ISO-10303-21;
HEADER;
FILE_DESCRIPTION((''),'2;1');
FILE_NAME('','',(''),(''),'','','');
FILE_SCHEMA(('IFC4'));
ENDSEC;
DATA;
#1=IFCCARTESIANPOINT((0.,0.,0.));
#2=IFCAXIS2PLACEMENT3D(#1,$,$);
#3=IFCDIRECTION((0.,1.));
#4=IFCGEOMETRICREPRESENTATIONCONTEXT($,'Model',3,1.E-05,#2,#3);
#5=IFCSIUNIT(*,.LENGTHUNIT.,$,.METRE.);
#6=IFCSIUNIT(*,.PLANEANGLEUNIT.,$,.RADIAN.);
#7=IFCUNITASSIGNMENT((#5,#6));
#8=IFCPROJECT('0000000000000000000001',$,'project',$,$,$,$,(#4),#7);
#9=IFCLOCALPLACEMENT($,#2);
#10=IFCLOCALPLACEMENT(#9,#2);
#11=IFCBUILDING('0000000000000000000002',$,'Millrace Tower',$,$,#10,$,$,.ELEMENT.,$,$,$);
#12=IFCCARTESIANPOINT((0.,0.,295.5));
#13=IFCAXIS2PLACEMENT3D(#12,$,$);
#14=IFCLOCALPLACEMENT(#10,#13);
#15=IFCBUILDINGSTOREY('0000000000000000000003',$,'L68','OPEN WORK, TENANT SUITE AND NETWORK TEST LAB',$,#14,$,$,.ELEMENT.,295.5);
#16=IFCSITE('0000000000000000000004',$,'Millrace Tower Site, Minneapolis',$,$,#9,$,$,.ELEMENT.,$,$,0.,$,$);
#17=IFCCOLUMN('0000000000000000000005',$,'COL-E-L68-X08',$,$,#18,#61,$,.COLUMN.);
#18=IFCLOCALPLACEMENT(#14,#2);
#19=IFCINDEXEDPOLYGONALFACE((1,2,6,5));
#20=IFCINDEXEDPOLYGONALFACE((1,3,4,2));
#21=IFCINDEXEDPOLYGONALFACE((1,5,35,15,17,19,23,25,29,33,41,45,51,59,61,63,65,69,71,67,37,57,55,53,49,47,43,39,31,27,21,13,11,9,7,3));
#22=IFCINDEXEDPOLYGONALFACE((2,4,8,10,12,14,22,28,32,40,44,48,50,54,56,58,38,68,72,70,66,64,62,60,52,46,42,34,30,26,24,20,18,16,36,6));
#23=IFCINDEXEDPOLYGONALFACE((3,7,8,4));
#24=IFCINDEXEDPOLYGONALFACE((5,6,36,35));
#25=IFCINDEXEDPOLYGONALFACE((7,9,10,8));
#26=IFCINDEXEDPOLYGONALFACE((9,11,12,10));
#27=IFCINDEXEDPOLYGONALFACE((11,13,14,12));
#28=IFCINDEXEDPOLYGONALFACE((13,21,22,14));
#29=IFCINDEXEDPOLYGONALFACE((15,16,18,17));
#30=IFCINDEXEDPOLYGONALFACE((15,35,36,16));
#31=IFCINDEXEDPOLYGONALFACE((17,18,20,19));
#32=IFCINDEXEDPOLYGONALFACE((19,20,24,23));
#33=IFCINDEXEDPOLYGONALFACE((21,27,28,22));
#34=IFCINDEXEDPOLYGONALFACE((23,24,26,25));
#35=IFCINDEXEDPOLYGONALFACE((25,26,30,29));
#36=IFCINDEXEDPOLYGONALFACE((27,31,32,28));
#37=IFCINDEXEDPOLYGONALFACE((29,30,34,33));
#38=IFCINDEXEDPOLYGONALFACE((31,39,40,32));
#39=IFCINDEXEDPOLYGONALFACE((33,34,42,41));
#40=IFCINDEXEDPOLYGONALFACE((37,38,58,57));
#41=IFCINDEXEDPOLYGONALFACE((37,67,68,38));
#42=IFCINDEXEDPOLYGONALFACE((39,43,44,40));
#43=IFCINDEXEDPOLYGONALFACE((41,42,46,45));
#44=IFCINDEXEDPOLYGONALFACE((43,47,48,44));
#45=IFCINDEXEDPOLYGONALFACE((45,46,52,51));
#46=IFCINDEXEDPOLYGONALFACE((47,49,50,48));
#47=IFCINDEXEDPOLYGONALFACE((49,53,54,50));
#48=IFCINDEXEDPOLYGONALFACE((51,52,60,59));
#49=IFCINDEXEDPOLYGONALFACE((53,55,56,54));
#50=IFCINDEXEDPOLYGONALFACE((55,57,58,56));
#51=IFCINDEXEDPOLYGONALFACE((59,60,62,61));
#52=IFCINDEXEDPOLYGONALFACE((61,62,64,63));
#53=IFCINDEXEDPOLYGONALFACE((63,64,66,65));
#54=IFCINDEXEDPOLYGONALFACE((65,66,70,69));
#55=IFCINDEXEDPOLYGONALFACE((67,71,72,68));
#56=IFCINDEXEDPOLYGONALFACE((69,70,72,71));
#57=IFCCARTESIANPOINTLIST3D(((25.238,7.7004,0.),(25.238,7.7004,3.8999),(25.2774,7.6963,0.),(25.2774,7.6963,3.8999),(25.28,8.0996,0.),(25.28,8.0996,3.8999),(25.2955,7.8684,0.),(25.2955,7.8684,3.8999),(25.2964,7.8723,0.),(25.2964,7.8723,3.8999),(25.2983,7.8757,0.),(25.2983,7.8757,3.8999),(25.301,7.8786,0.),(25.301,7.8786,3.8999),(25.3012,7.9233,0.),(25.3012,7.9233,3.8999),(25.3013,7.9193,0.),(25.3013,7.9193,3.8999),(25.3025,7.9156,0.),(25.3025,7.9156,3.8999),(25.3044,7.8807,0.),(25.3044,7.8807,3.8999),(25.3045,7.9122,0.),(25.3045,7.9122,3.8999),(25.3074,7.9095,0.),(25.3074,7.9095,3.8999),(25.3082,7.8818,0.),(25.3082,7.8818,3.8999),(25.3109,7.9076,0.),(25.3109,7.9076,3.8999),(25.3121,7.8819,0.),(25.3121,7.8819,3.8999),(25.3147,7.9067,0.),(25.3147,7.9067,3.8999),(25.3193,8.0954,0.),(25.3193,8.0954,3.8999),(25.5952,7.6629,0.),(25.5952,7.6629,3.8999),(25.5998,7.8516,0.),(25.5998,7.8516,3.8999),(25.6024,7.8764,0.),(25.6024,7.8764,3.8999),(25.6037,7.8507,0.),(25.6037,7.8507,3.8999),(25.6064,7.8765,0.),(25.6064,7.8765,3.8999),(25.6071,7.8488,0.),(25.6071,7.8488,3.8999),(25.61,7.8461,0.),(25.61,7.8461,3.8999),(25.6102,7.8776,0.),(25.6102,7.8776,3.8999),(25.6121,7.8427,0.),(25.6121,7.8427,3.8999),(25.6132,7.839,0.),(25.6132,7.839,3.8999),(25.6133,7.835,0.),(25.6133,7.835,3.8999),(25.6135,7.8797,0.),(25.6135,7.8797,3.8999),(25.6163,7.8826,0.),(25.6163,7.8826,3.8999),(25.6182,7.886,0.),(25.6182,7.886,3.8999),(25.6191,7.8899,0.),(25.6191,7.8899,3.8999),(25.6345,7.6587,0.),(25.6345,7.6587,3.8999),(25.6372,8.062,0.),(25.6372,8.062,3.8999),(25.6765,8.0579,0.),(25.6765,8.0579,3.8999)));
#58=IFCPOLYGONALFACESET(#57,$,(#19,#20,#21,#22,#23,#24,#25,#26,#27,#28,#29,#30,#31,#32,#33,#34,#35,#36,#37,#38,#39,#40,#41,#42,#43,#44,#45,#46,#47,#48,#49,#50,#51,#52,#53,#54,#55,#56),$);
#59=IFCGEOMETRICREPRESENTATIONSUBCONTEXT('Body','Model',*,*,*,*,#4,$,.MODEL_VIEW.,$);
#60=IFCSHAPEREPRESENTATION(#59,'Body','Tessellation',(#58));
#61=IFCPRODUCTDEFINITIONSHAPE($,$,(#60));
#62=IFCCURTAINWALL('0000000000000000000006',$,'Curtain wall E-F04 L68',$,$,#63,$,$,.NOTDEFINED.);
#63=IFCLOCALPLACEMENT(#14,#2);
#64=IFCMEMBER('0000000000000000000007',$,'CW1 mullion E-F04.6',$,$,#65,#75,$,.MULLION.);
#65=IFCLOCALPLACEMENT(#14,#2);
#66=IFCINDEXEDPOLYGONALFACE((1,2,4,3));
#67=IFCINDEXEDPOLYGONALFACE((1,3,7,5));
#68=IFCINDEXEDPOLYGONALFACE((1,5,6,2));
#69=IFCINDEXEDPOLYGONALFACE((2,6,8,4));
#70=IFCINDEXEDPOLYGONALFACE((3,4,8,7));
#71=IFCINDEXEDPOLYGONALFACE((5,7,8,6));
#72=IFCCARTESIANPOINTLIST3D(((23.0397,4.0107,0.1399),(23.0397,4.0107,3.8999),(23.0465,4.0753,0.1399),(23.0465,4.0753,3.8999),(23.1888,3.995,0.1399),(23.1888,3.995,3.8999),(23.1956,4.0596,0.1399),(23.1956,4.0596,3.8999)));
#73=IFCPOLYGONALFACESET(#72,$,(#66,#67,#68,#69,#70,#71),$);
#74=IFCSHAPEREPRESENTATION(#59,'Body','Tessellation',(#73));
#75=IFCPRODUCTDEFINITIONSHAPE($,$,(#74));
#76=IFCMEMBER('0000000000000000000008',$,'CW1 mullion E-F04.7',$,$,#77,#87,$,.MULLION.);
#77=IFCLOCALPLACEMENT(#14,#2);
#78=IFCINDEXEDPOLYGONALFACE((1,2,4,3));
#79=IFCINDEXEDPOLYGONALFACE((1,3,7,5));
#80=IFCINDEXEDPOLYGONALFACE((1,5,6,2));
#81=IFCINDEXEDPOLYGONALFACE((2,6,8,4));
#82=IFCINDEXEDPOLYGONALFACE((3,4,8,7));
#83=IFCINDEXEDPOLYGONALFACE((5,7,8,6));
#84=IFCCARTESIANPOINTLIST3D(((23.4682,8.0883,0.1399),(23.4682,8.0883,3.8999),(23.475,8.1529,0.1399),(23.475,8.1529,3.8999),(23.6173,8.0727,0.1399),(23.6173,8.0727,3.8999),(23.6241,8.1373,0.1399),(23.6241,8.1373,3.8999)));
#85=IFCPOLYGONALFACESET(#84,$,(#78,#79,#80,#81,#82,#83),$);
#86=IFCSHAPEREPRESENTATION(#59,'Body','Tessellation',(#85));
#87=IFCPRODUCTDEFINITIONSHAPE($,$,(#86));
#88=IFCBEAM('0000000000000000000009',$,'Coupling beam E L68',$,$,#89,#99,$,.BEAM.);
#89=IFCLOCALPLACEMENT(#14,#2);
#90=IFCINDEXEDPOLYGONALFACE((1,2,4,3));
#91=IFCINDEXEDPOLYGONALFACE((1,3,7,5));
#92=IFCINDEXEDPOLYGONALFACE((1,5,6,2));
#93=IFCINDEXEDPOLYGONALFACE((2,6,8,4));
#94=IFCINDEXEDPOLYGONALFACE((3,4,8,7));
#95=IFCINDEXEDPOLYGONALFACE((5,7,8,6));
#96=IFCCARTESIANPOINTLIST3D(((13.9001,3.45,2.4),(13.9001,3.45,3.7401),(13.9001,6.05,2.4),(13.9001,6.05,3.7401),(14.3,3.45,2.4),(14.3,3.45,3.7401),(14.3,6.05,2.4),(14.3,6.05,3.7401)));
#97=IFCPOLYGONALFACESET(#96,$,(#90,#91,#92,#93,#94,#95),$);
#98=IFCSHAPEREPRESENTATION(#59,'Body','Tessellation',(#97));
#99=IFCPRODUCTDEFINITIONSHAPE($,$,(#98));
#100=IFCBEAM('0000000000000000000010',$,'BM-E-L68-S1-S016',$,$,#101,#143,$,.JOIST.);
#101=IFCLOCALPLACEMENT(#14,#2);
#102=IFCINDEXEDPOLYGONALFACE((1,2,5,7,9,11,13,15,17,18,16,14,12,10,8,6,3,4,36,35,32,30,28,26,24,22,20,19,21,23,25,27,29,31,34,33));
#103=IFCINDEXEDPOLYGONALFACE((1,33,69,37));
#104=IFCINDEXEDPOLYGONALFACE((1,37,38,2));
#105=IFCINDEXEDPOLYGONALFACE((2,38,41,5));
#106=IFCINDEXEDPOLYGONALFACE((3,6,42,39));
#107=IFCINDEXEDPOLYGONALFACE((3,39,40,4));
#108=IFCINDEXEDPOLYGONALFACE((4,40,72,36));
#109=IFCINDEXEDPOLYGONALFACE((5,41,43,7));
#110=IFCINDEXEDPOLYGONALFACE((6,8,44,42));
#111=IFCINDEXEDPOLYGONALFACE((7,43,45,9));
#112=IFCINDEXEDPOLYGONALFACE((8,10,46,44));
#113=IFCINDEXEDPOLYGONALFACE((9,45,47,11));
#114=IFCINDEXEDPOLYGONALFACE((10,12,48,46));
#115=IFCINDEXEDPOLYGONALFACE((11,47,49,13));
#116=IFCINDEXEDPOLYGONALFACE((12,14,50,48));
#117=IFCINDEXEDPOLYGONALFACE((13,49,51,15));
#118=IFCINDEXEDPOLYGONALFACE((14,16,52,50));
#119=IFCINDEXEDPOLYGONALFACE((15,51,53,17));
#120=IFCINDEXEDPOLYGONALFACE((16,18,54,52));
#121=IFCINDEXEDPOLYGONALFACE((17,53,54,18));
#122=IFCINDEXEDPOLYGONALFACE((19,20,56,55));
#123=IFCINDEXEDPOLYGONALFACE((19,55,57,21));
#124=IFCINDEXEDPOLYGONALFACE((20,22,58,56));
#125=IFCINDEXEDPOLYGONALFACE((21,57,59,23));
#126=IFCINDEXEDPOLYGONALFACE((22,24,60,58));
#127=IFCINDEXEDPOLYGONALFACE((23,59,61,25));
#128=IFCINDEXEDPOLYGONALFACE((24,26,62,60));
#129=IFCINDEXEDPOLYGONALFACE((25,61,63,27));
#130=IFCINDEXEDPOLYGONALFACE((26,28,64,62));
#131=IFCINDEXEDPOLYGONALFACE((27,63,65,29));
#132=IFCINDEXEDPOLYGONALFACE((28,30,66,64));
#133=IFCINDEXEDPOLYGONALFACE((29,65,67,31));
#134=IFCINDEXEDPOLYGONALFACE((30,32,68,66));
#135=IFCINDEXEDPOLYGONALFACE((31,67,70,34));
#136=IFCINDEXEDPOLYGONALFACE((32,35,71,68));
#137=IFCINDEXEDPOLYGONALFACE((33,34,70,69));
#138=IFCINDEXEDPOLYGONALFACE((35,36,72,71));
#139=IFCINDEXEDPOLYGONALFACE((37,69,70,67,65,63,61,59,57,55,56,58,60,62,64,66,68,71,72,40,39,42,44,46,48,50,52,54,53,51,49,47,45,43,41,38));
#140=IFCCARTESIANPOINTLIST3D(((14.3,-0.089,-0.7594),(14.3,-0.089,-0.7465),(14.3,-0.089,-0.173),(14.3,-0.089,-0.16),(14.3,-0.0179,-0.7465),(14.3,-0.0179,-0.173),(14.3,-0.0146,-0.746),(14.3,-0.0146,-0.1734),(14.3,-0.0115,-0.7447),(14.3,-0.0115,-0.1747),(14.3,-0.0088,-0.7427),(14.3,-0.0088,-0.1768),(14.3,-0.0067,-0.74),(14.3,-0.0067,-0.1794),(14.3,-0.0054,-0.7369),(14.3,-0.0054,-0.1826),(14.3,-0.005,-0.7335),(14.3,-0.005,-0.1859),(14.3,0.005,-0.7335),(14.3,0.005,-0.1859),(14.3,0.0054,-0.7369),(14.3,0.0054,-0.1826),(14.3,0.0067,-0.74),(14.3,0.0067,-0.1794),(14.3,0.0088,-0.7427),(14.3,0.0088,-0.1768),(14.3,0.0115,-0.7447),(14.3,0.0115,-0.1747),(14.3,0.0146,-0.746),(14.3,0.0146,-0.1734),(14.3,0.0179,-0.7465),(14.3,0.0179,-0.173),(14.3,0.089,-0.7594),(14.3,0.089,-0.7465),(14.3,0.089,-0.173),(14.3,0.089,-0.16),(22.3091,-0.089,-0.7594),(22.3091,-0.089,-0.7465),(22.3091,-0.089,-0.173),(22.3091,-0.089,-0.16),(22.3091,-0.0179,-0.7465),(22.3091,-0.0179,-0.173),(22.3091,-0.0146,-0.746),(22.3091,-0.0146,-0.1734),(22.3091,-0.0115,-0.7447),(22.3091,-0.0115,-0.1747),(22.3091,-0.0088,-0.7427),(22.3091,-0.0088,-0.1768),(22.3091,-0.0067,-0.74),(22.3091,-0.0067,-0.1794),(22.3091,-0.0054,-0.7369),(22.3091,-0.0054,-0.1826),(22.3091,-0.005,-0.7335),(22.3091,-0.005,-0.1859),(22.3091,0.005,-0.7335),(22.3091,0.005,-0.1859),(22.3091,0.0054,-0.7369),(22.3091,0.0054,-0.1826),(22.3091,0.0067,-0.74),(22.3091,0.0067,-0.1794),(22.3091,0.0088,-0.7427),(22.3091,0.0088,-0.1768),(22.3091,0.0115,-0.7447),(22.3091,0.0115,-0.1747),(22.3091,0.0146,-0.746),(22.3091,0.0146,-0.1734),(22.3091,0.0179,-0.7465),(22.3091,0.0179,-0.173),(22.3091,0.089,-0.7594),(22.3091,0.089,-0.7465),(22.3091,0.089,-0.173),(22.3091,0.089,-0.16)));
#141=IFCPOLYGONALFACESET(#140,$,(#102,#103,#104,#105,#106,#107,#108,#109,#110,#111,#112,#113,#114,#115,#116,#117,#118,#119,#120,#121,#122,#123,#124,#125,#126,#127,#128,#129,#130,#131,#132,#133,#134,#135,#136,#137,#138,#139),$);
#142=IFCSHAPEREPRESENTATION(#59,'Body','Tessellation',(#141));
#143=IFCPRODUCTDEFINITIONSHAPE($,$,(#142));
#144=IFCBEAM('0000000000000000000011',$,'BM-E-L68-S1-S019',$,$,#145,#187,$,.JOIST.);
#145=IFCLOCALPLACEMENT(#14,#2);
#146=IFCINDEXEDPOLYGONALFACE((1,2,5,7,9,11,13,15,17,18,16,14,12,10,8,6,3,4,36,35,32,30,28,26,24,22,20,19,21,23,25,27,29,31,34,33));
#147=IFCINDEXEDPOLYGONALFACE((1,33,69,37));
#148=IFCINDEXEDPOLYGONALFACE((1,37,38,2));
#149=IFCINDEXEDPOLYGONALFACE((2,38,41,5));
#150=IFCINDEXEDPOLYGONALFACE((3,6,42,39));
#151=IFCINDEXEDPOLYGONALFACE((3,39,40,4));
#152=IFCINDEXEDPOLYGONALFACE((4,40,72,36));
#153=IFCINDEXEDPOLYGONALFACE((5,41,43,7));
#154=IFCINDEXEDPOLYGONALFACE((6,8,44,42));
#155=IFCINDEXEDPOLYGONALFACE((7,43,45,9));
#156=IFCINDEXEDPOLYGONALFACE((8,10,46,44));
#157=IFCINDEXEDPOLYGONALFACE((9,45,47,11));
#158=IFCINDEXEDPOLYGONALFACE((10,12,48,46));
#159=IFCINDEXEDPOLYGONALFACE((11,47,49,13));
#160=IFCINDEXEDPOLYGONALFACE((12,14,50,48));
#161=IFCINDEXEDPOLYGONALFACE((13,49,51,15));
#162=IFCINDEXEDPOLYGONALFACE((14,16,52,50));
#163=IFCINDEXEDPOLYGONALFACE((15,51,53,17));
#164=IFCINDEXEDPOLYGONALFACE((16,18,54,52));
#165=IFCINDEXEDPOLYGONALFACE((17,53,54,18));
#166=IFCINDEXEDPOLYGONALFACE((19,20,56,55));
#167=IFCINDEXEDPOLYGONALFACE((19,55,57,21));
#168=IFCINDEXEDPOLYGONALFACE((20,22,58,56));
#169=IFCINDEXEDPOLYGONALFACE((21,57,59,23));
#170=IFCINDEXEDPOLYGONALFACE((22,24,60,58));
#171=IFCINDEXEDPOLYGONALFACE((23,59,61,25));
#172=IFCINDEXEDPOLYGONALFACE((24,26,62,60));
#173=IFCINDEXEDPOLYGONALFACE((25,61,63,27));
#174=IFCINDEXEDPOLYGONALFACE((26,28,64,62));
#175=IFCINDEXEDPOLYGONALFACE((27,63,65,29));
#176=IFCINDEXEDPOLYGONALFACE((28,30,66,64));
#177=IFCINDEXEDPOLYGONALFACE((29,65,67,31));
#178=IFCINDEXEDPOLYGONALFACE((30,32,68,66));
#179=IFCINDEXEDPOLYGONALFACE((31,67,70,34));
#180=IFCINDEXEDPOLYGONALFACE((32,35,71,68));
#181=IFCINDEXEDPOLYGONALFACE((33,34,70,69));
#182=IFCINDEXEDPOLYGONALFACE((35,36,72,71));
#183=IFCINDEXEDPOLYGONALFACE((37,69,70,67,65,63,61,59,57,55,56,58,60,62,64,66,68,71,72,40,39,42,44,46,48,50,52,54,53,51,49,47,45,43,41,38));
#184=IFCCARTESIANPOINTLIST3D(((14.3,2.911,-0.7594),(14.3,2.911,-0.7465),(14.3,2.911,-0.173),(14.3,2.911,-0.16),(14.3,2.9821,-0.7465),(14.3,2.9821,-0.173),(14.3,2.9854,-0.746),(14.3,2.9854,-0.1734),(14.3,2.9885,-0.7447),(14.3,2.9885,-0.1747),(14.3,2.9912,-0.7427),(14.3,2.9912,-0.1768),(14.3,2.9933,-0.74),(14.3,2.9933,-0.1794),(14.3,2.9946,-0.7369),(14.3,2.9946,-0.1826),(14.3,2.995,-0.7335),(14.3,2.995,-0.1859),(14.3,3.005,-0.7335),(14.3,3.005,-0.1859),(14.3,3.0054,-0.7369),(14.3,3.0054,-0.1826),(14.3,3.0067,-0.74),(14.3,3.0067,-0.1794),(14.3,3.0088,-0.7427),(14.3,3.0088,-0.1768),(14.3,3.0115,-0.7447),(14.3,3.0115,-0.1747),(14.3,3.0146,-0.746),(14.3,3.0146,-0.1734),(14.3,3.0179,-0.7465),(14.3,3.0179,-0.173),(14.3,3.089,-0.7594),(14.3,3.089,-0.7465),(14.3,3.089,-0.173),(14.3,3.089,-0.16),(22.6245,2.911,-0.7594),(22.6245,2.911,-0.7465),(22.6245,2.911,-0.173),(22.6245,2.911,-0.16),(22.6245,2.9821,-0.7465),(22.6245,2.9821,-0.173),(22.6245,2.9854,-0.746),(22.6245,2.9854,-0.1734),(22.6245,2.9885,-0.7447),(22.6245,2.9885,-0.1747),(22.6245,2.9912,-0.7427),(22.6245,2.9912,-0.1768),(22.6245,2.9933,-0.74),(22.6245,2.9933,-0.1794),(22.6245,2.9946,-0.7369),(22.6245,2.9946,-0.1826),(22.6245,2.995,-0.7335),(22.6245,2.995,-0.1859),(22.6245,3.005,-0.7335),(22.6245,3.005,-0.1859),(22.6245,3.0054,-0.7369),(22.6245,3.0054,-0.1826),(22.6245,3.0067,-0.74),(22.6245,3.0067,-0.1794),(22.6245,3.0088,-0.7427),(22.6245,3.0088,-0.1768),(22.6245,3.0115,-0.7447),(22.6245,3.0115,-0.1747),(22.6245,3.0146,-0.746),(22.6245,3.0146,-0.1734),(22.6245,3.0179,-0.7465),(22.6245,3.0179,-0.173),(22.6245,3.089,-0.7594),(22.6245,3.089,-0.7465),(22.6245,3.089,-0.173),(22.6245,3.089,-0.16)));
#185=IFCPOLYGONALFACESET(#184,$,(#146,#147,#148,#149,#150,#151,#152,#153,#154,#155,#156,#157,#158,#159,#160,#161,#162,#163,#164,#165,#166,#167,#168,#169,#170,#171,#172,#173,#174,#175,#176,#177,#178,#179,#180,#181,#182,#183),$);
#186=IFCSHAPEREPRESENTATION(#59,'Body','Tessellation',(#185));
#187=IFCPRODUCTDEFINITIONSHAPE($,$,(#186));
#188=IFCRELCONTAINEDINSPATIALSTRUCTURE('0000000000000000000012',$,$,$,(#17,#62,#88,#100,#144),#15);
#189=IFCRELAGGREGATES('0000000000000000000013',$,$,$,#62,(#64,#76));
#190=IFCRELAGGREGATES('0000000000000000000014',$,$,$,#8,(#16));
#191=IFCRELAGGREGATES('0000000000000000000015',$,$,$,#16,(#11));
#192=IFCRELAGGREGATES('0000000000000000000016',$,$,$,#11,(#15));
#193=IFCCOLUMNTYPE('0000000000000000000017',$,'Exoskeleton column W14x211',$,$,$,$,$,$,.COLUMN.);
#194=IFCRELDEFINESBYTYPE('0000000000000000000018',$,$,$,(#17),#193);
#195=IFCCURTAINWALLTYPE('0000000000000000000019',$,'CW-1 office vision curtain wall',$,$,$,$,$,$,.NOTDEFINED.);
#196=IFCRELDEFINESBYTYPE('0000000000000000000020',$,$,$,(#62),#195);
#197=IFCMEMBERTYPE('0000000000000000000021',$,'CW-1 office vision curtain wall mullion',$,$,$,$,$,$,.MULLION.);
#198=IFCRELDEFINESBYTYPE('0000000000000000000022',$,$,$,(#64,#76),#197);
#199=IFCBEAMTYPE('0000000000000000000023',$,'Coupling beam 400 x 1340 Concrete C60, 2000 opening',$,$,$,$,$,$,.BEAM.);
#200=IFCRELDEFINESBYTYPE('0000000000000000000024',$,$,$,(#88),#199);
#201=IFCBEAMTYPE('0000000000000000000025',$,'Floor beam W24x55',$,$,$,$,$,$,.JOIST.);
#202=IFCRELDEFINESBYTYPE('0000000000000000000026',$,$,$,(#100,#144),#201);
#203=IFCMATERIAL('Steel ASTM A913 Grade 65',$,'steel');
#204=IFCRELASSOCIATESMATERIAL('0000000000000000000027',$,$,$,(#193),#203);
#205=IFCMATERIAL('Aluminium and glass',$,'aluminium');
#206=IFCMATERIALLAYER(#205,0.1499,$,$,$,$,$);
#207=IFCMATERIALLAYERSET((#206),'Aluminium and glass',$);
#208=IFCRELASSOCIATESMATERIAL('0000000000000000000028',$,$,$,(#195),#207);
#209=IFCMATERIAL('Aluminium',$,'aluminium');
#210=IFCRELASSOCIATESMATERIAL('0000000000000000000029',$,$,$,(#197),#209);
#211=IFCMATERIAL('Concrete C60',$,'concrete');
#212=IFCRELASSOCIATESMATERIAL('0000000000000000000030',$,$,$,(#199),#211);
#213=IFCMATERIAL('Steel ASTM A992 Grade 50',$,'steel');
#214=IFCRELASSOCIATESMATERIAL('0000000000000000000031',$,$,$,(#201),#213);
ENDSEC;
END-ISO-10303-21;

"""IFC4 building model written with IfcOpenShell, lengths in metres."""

from ifc_helpers import new_model, si_unit, direction, frame, origin, origin_2d, place, context, subcontext, project, spatial, rectangle, i_section, extrude, material, layer, layer_set, material_profile, profile_set, type_object, element, aggregate, save


model = new_model("IFC4")

# Units and contexts
model_context = context("Model", 3, precision=1e-05, world=origin(), true_north=direction((0.0, 1.0)))
body_context = subcontext(model_context, "Body", "Model", "MODEL_VIEW")
ifc_project = project(units=[si_unit("LENGTHUNIT", "METRE"), si_unit("PLANEANGLEUNIT", "RADIAN")], contexts=[model_context])

# Site, building, storey
site_placement = place(None, origin())
site = spatial("IfcSite", under=ifc_project, at=site_placement, Name="Millrace Tower Site, Minneapolis", CompositionType="ELEMENT", RefElevation=0.0)
building_placement = place(site_placement, origin())
building = spatial("IfcBuilding", under=site, at=building_placement, Name="Millrace Tower", CompositionType="ELEMENT")
storey_placement = place(building_placement, frame((0.0, 0.0, 295.5)))
storey = spatial("IfcBuildingStorey", under=building, at=storey_placement, Name="L68", Description="OPEN WORK, TENANT SUITE AND NETWORK TEST LAB", CompositionType="ELEMENT", Elevation=295.5)

# Column
ifc_material_1 = material(Name="Steel ASTM A913 Grade 65", Category="steel")
ifc_material_profile_1 = material_profile(ifc_material_1, i_section(OverallWidth=0.4014, OverallDepth=0.3987, WebThickness=0.0249, FlangeThickness=0.0396, FilletRadius=0.0151, at=origin_2d()))
ifc_profile_set_1 = profile_set([ifc_material_profile_1], Name="Steel ASTM A913 Grade 65")
column_type = type_object("IfcColumnType", Name="Exoskeleton column W14x211", PredefinedType="COLUMN", material=ifc_profile_set_1)
column_placement = place(storey_placement, frame((25.4573, 7.8792, 0.0), z_axis=(0.0, 0.0, 1.0), x_axis=(0.104528, 0.994522, 0.0)))
element("IfcColumn", 1, at=column_placement, inside=storey, type_object=column_type, Name="COL-E-L68-X08", PredefinedType="COLUMN", context=body_context, shape_type="SweptSolid", body=[
    extrude(i_section(OverallWidth=0.4014, OverallDepth=0.3987, WebThickness=0.0249, FlangeThickness=0.0396, FilletRadius=0.0151, at=origin_2d()), origin(), (0.0, 0.0, 1.0), 3.8999),
])

# Curtain wall, members
ifc_material_2 = material(Name="Aluminium and glass", Category="aluminium")
ifc_layer_1 = layer(ifc_material_2, 0.1499)
ifc_layer_set_1 = layer_set([ifc_layer_1], Name="Aluminium and glass")
curtain_wall_type = type_object("IfcCurtainWallType", Name="CW-1 office vision curtain wall", PredefinedType="NOTDEFINED", material=ifc_layer_set_1)
curtain_wall_placement = place(storey_placement, origin())
curtain_wall = element("IfcCurtainWall", 2, at=curtain_wall_placement, inside=storey, type_object=curtain_wall_type, Name="Curtain wall E-F04 L68", PredefinedType="NOTDEFINED")
ifc_material_3 = material(Name="Aluminium", Category="aluminium")
ifc_material_profile_2 = material_profile(ifc_material_3, rectangle(XDim=0.0649, YDim=0.1499, at=origin_2d()))
ifc_profile_set_2 = profile_set([ifc_material_profile_2], Name="Aluminium")
member_type = type_object("IfcMemberType", Name="CW-1 office vision curtain wall mullion", PredefinedType="MULLION", material=ifc_profile_set_2)
member_1_placement = place(storey_placement, frame((23.1177, 4.0352, 0.1399), z_axis=(0.0, 0.0, 1.0), x_axis=(0.104528, 0.994522, 0.0)))
member_1 = element("IfcMember", 3, at=member_1_placement, type_object=member_type, Name="CW1 mullion E-F04.6", PredefinedType="MULLION", context=body_context, shape_type="SweptSolid", body=[
    extrude(rectangle(XDim=0.0649, YDim=0.1499, at=origin_2d()), origin(), (0.0, 0.0, 1.0), 3.76),
])
member_2_placement = place(storey_placement, frame((23.5461, 8.1128, 0.1399), z_axis=(0.0, 0.0, 1.0), x_axis=(0.104528, 0.994522, 0.0)))
member_2 = element("IfcMember", 4, at=member_2_placement, type_object=member_type, Name="CW1 mullion E-F04.7", PredefinedType="MULLION", context=body_context, shape_type="SweptSolid", body=[
    extrude(rectangle(XDim=0.0649, YDim=0.1499, at=origin_2d()), origin(), (0.0, 0.0, 1.0), 3.76),
])
aggregate(curtain_wall, [member_1, member_2])

# Beams
ifc_material_4 = material(Name="Concrete C60", Category="concrete")
ifc_material_profile_3 = material_profile(ifc_material_4, rectangle(XDim=0.3999, YDim=1.3401, at=origin_2d()))
ifc_profile_set_3 = profile_set([ifc_material_profile_3], Name="Concrete C60")
beam_type_1 = type_object("IfcBeamType", Name="Coupling beam 400 x 1340 Concrete C60, 2000 opening", PredefinedType="BEAM", material=ifc_profile_set_3)
beam_1_placement = place(storey_placement, frame((14.1001, 6.05, 3.0701), z_axis=(0.0, -1.0, 0.0), x_axis=(1.0, 0.0, 0.0)))
element("IfcBeam", 5, at=beam_1_placement, inside=storey, type_object=beam_type_1, Name="Coupling beam E L68", PredefinedType="BEAM", context=body_context, shape_type="SweptSolid", body=[
    extrude(rectangle(XDim=0.3999, YDim=1.3401, at=origin_2d()), origin(), (0.0, 0.0, 1.0), 2.6001),
])
ifc_material_5 = material(Name="Steel ASTM A992 Grade 50", Category="steel")
ifc_material_profile_4 = material_profile(ifc_material_5, i_section(OverallWidth=0.178, OverallDepth=0.5994, WebThickness=0.01, FlangeThickness=0.0129, FilletRadius=0.0129, at=origin_2d()))
ifc_profile_set_4 = profile_set([ifc_material_profile_4], Name="Steel ASTM A992 Grade 50")
beam_type_2 = type_object("IfcBeamType", Name="Floor beam W24x55", PredefinedType="JOIST", material=ifc_profile_set_4)
beam_2_placement = place(storey_placement, frame((14.3, 0.0, -0.4597), z_axis=(1.0, 0.0, 0.0), x_axis=(0.0, 1.0, 0.0)))
element("IfcBeam", 6, at=beam_2_placement, inside=storey, type_object=beam_type_2, Name="BM-E-L68-S1-S016", PredefinedType="JOIST", context=body_context, shape_type="SweptSolid", body=[
    extrude(i_section(OverallWidth=0.178, OverallDepth=0.5994, WebThickness=0.01, FlangeThickness=0.0129, FilletRadius=0.0129, at=origin_2d()), origin(), (0.0, 0.0, 1.0), 8.009),
])
beam_3_placement = place(storey_placement, frame((14.3, 3.0, -0.4597), z_axis=(1.0, 0.0, 0.0), x_axis=(0.0, 1.0, 0.0)))
element("IfcBeam", 7, at=beam_3_placement, inside=storey, type_object=beam_type_2, Name="BM-E-L68-S1-S019", PredefinedType="JOIST", context=body_context, shape_type="SweptSolid", body=[
    extrude(i_section(OverallWidth=0.178, OverallDepth=0.5994, WebThickness=0.01, FlangeThickness=0.0129, FilletRadius=0.0129, at=origin_2d()), origin(), (0.0, 0.0, 1.0), 8.3245),
])

save(model, "model.ifc")
